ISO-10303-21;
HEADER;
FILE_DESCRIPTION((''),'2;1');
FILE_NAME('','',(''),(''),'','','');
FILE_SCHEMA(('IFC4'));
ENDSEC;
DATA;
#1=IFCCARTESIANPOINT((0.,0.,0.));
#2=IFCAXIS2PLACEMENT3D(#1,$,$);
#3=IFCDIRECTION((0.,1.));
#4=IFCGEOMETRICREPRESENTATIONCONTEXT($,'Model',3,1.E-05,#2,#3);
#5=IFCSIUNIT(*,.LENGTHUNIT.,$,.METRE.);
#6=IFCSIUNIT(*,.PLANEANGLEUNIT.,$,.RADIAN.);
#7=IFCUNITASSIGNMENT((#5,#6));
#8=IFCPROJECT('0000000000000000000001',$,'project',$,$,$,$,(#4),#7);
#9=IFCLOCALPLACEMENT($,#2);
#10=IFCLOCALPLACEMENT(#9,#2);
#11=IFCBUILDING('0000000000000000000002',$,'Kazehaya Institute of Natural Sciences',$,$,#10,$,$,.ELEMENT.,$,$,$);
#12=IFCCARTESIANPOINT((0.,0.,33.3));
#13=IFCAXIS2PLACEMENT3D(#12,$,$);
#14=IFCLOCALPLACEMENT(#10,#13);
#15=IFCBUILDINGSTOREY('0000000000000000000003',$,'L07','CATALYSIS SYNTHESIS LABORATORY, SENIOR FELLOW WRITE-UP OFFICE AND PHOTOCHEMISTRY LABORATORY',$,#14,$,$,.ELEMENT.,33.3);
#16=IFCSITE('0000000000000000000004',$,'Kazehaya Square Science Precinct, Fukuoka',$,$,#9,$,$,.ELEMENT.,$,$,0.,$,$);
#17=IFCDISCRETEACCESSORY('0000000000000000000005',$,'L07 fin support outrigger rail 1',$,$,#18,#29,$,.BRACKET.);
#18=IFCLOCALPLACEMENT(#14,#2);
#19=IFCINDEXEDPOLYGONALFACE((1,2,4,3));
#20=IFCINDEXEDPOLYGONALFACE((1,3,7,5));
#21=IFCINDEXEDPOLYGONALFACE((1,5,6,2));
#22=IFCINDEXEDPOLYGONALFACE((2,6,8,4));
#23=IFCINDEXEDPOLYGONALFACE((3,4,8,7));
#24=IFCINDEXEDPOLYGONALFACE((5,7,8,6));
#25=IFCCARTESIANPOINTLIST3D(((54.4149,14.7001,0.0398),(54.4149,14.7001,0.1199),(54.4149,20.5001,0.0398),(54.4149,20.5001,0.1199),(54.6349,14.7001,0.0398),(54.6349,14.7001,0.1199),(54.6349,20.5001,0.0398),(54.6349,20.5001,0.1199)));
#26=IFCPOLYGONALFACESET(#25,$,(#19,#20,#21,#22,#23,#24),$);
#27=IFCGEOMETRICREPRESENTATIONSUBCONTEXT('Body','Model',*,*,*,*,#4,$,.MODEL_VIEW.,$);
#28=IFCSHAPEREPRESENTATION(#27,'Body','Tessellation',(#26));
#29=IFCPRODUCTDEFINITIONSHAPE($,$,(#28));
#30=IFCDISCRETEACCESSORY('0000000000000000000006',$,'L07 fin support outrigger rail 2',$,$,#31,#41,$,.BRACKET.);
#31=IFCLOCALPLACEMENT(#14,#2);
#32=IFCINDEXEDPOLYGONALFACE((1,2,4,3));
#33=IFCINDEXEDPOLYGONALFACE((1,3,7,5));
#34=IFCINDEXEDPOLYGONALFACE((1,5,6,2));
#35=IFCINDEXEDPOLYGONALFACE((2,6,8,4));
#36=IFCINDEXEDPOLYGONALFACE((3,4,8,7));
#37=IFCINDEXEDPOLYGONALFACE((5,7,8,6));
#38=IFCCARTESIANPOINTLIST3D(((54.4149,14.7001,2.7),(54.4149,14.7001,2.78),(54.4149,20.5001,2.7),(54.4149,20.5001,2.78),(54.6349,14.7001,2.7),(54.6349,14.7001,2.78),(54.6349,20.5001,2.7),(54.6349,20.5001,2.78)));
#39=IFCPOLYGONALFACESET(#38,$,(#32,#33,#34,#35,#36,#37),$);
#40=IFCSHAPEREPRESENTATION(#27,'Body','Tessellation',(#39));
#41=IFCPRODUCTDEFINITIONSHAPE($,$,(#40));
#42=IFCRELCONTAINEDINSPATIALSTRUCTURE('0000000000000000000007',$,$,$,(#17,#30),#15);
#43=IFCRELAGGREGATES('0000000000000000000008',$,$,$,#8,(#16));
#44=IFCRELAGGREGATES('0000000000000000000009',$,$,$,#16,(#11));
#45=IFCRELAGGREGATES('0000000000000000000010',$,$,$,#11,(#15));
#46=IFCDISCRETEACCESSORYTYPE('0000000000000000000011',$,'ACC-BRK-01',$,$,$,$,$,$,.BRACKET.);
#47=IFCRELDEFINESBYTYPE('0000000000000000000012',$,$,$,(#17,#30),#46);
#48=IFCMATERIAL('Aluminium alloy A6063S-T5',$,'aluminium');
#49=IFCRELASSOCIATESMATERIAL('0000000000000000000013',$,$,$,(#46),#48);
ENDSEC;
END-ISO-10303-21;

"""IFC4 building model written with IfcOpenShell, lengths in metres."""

from ifc_helpers import new_model, si_unit, direction, frame, origin, origin_2d, place, context, subcontext, project, spatial, rectangle, extrude, material, type_object, element, save


model = new_model("IFC4")

# Units and contexts
model_context = context("Model", 3, precision=1e-05, world=origin(), true_north=direction((0.0, 1.0)))
body_context = subcontext(model_context, "Body", "Model", "MODEL_VIEW")
ifc_project = project(units=[si_unit("LENGTHUNIT", "METRE"), si_unit("PLANEANGLEUNIT", "RADIAN")], contexts=[model_context])

# Site, building, storey
site_placement = place(None, origin())
site = spatial("IfcSite", under=ifc_project, at=site_placement, Name="Kazehaya Square Science Precinct, Fukuoka", CompositionType="ELEMENT", RefElevation=0.0)
building_placement = place(site_placement, origin())
building = spatial("IfcBuilding", under=site, at=building_placement, Name="Kazehaya Institute of Natural Sciences", CompositionType="ELEMENT")
storey_placement = place(building_placement, frame((0.0, 0.0, 33.3)))
storey = spatial("IfcBuildingStorey", under=building, at=storey_placement, Name="L07", Description="CATALYSIS SYNTHESIS LABORATORY, SENIOR FELLOW WRITE-UP OFFICE AND PHOTOCHEMISTRY LABORATORY", CompositionType="ELEMENT", Elevation=33.3)

# Shared definitions
ifc_material_1 = material(Name="Aluminium alloy A6063S-T5", Category="aluminium")

# Discrete accessories
discrete_accessory_type = type_object("IfcDiscreteAccessoryType", Name="ACC-BRK-01", PredefinedType="BRACKET", material=ifc_material_1)
for number, where, z_axis, x_axis, name in (
    (1, (54.5249, 17.6001, 0.0398), (0.0, 0.0, 1.0), (0.0, 1.0, 0.0), "L07 fin support outrigger rail 1"),
    (2, (54.5249, 17.6001, 2.7), (0.0, 0.0, 1.0), (0.0, 1.0, 0.0), "L07 fin support outrigger rail 2"),
):
    element("IfcDiscreteAccessory", number, at=place(storey_placement, frame(where, z_axis=z_axis, x_axis=x_axis)), inside=storey, type_object=discrete_accessory_type, Name=name, PredefinedType="BRACKET", context=body_context, shape_type="SweptSolid", body=[
        extrude(rectangle(XDim=5.8, YDim=0.22, at=origin_2d()), origin(), (0.0, 0.0, 1.0), 0.0801),
    ])

save(model, "model.ifc")
